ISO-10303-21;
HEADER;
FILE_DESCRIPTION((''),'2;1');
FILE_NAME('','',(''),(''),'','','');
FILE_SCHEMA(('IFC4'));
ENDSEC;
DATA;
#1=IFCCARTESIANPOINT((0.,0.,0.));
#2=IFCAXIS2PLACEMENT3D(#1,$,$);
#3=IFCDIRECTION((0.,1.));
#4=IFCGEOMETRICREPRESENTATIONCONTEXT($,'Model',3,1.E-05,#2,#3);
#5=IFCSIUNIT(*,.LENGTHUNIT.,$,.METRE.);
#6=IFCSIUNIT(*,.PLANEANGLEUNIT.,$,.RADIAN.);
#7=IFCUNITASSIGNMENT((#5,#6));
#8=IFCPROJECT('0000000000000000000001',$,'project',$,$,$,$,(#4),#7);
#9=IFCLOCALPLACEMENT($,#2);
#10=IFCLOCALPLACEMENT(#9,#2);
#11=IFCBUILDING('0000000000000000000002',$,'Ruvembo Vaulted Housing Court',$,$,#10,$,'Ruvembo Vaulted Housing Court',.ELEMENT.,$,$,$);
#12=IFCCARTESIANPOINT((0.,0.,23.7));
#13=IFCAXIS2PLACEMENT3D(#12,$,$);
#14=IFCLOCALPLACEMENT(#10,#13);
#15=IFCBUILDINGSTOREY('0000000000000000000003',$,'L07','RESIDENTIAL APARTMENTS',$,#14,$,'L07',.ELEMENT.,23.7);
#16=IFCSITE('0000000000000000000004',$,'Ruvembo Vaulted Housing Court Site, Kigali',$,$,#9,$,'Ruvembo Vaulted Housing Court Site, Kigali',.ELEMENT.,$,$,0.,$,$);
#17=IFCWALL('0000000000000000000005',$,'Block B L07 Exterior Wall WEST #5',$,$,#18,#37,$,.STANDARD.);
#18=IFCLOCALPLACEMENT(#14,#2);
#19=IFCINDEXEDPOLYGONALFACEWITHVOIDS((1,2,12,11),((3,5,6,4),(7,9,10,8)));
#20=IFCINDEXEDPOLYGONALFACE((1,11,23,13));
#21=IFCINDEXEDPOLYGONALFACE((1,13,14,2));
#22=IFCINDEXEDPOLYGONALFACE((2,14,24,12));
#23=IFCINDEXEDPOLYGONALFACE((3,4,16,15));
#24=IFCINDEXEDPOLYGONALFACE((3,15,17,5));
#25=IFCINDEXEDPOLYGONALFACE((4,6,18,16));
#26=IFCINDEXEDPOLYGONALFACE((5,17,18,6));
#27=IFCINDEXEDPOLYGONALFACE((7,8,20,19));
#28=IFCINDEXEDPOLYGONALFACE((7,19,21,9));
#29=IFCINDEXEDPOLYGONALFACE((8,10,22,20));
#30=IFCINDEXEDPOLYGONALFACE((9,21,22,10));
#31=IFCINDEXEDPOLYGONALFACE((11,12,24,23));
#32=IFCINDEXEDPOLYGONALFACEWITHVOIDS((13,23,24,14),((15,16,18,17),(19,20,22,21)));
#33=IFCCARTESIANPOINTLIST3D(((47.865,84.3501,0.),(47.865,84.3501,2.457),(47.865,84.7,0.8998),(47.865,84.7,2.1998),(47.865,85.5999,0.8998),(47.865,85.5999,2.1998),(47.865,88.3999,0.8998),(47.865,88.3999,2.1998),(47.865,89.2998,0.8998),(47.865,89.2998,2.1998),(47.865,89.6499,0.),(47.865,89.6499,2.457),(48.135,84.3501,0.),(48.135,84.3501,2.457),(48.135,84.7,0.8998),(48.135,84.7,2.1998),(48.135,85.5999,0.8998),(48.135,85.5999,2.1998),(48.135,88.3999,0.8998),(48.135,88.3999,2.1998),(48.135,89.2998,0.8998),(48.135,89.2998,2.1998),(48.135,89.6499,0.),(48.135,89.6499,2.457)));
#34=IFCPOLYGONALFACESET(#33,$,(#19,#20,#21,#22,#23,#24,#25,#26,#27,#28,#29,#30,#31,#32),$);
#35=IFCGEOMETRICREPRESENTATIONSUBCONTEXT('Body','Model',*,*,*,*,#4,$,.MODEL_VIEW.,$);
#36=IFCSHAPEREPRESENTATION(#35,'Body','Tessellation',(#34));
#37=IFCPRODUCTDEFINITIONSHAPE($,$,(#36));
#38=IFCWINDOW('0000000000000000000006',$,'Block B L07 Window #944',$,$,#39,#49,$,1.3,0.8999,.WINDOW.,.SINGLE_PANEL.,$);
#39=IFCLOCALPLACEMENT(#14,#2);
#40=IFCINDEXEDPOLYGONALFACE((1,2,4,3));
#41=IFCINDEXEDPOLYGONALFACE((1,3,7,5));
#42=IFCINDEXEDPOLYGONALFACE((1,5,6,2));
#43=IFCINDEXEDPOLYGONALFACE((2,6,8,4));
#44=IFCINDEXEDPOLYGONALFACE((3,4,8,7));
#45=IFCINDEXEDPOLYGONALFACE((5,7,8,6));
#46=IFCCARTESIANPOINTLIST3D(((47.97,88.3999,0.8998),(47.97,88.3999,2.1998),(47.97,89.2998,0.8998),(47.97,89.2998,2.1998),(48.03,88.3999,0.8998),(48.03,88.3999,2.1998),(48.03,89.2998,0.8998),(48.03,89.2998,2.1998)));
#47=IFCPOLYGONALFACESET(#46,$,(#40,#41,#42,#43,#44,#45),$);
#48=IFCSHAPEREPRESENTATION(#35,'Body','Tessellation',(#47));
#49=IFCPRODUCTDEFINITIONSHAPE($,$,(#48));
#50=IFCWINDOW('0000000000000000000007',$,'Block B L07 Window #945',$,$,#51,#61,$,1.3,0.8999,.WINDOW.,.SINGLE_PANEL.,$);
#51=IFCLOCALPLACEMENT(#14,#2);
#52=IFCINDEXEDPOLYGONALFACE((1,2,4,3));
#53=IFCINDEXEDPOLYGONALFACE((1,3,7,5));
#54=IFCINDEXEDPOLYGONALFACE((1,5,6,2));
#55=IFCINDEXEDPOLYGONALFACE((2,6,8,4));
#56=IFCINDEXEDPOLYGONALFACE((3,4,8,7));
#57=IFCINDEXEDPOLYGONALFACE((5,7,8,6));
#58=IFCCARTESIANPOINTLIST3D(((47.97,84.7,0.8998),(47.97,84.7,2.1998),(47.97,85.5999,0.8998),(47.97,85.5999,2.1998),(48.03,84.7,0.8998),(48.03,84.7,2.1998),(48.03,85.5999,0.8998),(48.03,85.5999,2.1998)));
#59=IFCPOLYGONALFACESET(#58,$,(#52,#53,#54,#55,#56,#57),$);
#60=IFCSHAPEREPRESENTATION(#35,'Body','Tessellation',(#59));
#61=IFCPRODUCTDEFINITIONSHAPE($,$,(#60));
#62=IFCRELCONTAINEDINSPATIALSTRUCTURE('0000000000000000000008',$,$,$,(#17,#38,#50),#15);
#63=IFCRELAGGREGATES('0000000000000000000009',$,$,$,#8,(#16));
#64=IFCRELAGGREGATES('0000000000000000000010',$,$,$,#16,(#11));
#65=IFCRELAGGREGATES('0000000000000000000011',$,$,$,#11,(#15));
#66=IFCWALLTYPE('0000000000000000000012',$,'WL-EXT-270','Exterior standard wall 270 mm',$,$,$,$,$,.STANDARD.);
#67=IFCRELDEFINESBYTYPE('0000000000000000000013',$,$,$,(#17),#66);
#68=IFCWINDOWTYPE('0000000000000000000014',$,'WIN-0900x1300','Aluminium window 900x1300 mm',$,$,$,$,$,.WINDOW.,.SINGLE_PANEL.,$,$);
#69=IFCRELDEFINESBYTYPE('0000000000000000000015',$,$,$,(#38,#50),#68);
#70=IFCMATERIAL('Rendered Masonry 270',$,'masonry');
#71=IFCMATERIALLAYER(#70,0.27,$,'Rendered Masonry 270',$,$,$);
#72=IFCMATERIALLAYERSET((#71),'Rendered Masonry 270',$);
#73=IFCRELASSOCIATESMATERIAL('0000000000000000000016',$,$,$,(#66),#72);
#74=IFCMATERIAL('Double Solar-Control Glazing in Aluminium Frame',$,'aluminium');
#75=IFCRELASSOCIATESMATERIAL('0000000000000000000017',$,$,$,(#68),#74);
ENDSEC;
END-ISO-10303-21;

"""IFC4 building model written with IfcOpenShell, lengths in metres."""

from ifc_helpers import new_model, si_unit, direction, frame, frame_2d, origin, place, context, subcontext, project, spatial, rectangle, extrude, material, layer, layer_set, type_object, element, fill, save


model = new_model("IFC4")

# Units and contexts
model_context = context("Model", 3, precision=1e-05, world=origin(), true_north=direction((0.0, 1.0)))
body_context = subcontext(model_context, "Body", "Model", "MODEL_VIEW")
ifc_project = project(units=[si_unit("LENGTHUNIT", "METRE"), si_unit("PLANEANGLEUNIT", "RADIAN")], contexts=[model_context])

# Site, building, storey
site_placement = place(None, origin())
site = spatial("IfcSite", under=ifc_project, at=site_placement, Name="Ruvembo Vaulted Housing Court Site, Kigali", LongName="Ruvembo Vaulted Housing Court Site, Kigali", CompositionType="ELEMENT", RefElevation=0.0)
building_placement = place(site_placement, origin())
building = spatial("IfcBuilding", under=site, at=building_placement, Name="Ruvembo Vaulted Housing Court", LongName="Ruvembo Vaulted Housing Court", CompositionType="ELEMENT")
storey_placement = place(building_placement, frame((0.0, 0.0, 23.7)))
storey = spatial("IfcBuildingStorey", under=building, at=storey_placement, Name="L07", Description="RESIDENTIAL APARTMENTS", LongName="L07", CompositionType="ELEMENT", Elevation=23.7)

# Wall, openings, windows
ifc_material_1 = material(Name="Rendered Masonry 270", Category="masonry")
ifc_layer_1 = layer(ifc_material_1, 0.27, Name="Rendered Masonry 270")
ifc_layer_set_1 = layer_set([ifc_layer_1], Name="Rendered Masonry 270")
wall_type_1 = type_object("IfcWallType", Name="WL-EXT-270", Description="Exterior standard wall 270 mm", PredefinedType="STANDARD", material=ifc_layer_set_1)
ifc_material_2 = material(Name="Double Solar-Control Glazing in Aluminium Frame", Category="aluminium")
wall_1_placement = place(storey_placement, frame((48.0, 89.6499, 0.0), z_axis=(0.0, 0.0, 1.0), x_axis=(0.0, -1.0, 0.0)))
wall_1 = element("IfcWall", 1, at=wall_1_placement, inside=storey, type_object=wall_type_1, Name="Block B L07 Exterior Wall WEST #5", PredefinedType="STANDARD", context=body_context, shape_type="SweptSolid", body=[
    extrude(rectangle(XDim=5.2998, YDim=0.27, at=frame_2d((2.6499, 0.0))), origin(), (0.0, 0.0, 1.0), 2.457),
])
opening_1_placement = place(wall_1_placement, frame((0.3501, 0.0, 0.8999)))
opening_1 = element("IfcOpeningElement", 2, at=opening_1_placement, cuts=wall_1, PredefinedType="OPENING", context=body_context, shape_type="SweptSolid", body=[
    extrude(rectangle(XDim=0.8999, YDim=1.3, at=frame_2d((0.45, 0.6499))), frame((0.0, 0.145, 0.0), z_axis=(0.0, -1.0, 0.0), x_axis=(1.0, 0.0, 0.0)), (0.0, 0.0, 1.0), 0.29),
])
opening_2_placement = place(wall_1_placement, frame((4.05, 0.0, 0.8999)))
opening_2 = element("IfcOpeningElement", 3, at=opening_2_placement, cuts=wall_1, PredefinedType="OPENING", context=body_context, shape_type="SweptSolid", body=[
    extrude(rectangle(XDim=0.8999, YDim=1.3, at=frame_2d((0.45, 0.6499))), frame((0.0, 0.145, 0.0), z_axis=(0.0, -1.0, 0.0), x_axis=(1.0, 0.0, 0.0)), (0.0, 0.0, 1.0), 0.29),
])
window_type_1 = type_object("IfcWindowType", Name="WIN-0900x1300", Description="Aluminium window 900x1300 mm", PartitioningType="SINGLE_PANEL", PredefinedType="WINDOW", material=ifc_material_2)
window_1_placement = place(opening_1_placement, origin())
window_1 = element("IfcWindow", 4, at=window_1_placement, inside=storey, type_object=window_type_1, Name="Block B L07 Window #944", OverallHeight=1.3, OverallWidth=0.8999, PartitioningType="SINGLE_PANEL", PredefinedType="WINDOW", context=body_context, shape_type="SweptSolid", body=[
    extrude(rectangle(XDim=0.8999, YDim=1.3, at=frame_2d((0.45, 0.6499))), frame((0.0, 0.03, 0.0), z_axis=(0.0, -1.0, 0.0), x_axis=(1.0, 0.0, 0.0)), (0.0, 0.0, 1.0), 0.0601),
])
fill(opening_1, window_1)
window_2_placement = place(opening_2_placement, origin())
window_2 = element("IfcWindow", 5, at=window_2_placement, inside=storey, type_object=window_type_1, Name="Block B L07 Window #945", OverallHeight=1.3, OverallWidth=0.8999, PartitioningType="SINGLE_PANEL", PredefinedType="WINDOW", context=body_context, shape_type="SweptSolid", body=[
    extrude(rectangle(XDim=0.8999, YDim=1.3, at=frame_2d((0.45, 0.6499))), frame((0.0, 0.03, 0.0), z_axis=(0.0, -1.0, 0.0), x_axis=(1.0, 0.0, 0.0)), (0.0, 0.0, 1.0), 0.0601),
])
fill(opening_2, window_2)

save(model, "model.ifc")
